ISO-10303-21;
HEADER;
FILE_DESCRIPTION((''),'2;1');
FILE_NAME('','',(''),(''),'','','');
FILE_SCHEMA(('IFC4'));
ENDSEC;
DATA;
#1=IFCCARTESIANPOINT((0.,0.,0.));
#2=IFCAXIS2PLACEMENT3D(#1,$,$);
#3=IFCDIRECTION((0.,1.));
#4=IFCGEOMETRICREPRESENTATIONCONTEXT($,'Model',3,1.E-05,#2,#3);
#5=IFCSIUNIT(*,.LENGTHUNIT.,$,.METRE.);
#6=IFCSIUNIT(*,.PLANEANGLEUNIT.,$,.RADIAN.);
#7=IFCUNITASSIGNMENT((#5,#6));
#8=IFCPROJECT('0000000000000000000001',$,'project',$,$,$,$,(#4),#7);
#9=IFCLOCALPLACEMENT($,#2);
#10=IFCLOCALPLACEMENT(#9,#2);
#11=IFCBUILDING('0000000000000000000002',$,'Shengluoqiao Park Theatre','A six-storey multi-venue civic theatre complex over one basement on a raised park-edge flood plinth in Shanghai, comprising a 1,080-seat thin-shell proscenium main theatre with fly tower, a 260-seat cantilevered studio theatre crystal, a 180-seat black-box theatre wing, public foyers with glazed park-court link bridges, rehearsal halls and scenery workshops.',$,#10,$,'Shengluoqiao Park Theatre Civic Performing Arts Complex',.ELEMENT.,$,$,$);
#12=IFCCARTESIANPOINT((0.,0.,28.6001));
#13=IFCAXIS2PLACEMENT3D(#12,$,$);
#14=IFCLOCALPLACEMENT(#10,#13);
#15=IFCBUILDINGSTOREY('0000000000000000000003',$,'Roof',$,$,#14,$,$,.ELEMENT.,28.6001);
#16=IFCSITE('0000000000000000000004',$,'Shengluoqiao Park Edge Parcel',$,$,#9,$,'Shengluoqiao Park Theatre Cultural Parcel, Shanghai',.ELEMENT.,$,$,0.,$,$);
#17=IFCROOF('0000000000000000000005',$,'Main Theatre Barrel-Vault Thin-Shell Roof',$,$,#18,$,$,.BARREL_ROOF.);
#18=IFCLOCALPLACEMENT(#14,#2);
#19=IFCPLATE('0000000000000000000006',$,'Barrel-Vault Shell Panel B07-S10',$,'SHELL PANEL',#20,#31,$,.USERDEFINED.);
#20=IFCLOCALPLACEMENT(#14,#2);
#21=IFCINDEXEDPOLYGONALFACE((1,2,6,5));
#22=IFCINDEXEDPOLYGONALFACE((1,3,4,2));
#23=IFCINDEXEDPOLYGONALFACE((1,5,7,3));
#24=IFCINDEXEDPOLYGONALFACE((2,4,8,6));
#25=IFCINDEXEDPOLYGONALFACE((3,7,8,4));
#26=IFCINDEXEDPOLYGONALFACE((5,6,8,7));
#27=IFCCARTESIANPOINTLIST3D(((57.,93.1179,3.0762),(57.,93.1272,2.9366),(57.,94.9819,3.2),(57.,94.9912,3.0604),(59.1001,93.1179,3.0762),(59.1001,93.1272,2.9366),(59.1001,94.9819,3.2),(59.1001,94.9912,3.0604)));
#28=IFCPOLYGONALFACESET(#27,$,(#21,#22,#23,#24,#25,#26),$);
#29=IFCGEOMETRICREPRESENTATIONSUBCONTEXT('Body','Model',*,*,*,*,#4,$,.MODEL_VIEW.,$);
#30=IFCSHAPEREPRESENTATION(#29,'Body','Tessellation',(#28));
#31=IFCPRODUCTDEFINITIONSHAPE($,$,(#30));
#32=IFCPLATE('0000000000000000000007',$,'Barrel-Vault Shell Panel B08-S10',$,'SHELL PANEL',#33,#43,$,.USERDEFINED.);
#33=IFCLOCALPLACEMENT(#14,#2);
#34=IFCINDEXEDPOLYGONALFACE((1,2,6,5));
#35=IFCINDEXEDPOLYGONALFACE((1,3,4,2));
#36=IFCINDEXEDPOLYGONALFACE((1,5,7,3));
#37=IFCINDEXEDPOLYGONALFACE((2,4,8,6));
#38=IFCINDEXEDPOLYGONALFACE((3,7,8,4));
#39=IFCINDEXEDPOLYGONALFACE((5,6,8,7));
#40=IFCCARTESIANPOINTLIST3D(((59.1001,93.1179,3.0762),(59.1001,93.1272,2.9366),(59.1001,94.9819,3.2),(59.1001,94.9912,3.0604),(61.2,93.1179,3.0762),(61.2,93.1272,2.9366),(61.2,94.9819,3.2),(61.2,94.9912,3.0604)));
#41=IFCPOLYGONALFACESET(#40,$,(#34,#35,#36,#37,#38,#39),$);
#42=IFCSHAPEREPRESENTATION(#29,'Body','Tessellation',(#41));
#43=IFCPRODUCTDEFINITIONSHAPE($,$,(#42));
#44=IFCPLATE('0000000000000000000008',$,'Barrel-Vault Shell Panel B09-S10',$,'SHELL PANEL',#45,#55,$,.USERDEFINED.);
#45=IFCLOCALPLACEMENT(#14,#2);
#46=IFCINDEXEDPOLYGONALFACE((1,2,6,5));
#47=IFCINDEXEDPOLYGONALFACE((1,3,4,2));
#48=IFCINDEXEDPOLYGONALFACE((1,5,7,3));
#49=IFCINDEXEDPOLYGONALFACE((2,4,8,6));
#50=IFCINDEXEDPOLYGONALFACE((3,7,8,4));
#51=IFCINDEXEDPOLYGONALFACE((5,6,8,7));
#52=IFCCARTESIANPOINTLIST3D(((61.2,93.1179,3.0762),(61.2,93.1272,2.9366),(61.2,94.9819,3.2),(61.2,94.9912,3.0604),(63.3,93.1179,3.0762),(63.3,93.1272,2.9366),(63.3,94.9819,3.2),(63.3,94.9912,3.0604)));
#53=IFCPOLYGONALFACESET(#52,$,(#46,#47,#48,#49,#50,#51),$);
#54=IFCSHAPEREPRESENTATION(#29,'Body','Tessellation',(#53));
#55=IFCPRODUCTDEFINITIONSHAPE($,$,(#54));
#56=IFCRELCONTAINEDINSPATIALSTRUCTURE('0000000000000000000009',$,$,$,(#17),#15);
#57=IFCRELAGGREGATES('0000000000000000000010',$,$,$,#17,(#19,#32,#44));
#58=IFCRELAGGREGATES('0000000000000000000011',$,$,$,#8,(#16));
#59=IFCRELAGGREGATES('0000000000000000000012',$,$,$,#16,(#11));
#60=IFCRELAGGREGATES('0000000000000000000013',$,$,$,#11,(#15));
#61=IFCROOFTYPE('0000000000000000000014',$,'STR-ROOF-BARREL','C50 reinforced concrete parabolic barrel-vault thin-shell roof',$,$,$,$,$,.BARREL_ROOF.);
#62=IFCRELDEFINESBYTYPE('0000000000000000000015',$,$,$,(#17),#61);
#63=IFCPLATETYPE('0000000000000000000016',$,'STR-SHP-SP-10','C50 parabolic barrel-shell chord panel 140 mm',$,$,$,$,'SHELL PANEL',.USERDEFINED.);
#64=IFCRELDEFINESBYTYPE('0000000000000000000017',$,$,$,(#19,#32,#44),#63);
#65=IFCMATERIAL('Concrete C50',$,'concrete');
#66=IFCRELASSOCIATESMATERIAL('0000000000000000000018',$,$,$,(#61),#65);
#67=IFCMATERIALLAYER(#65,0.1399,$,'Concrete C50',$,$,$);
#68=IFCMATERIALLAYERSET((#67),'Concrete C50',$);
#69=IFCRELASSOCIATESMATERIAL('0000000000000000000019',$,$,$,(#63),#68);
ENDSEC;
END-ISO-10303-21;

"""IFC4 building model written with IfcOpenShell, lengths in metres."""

from ifc_helpers import new_model, si_unit, direction, frame, origin, place, context, subcontext, project, spatial, polyline, outline, extrude, material, layer, layer_set, type_object, element, aggregate, save


model = new_model("IFC4")

# Units and contexts
model_context = context("Model", 3, precision=1e-05, world=origin(), true_north=direction((0.0, 1.0)))
body_context = subcontext(model_context, "Body", "Model", "MODEL_VIEW")
ifc_project = project(units=[si_unit("LENGTHUNIT", "METRE"), si_unit("PLANEANGLEUNIT", "RADIAN")], contexts=[model_context])

# Site, building, storey
site_placement = place(None, origin())
site = spatial("IfcSite", under=ifc_project, at=site_placement, Name="Shengluoqiao Park Edge Parcel", LongName="Shengluoqiao Park Theatre Cultural Parcel, Shanghai", CompositionType="ELEMENT", RefElevation=0.0)
building_placement = place(site_placement, origin())
building = spatial("IfcBuilding", under=site, at=building_placement, Name="Shengluoqiao Park Theatre", Description="A six-storey multi-venue civic theatre complex over one basement on a raised park-edge flood plinth in Shanghai, comprising a 1,080-seat thin-shell proscenium main theatre with fly tower, a 260-seat cantilevered studio theatre crystal, a 180-seat black-box theatre wing, public foyers with glazed park-court link bridges, rehearsal halls and scenery workshops.", LongName="Shengluoqiao Park Theatre Civic Performing Arts Complex", CompositionType="ELEMENT")
storey_placement = place(building_placement, frame((0.0, 0.0, 28.6001)))
storey = spatial("IfcBuildingStorey", under=building, at=storey_placement, Name="Roof", CompositionType="ELEMENT", Elevation=28.6001)

# Shared definitions
ifc_material_1 = material(Name="Concrete C50", Category="concrete")

# Roof, plates
roof_type = type_object("IfcRoofType", Name="STR-ROOF-BARREL", Description="C50 reinforced concrete parabolic barrel-vault thin-shell roof", PredefinedType="BARREL_ROOF", material=ifc_material_1)
roof_placement = place(storey_placement, origin())
roof = element("IfcRoof", 1, at=roof_placement, inside=storey, type_object=roof_type, Name="Main Theatre Barrel-Vault Thin-Shell Roof", PredefinedType="BARREL_ROOF")
ifc_layer_1 = layer(ifc_material_1, 0.1399, Name="Concrete C50")
ifc_layer_set_1 = layer_set([ifc_layer_1], Name="Concrete C50")
plate_type_1 = type_object("IfcPlateType", Name="STR-SHP-SP-10", Description="C50 parabolic barrel-shell chord panel 140 mm", ElementType="SHELL PANEL", PredefinedType="USERDEFINED", material=ifc_layer_set_1)
plate_1_placement = place(storey_placement, frame((57.0, 93.1179, 3.0762), z_axis=(0.0, -0.066259, 0.997802), x_axis=(1.0, 0.0, 0.0)))
plate_1 = element("IfcPlate", 2, at=plate_1_placement, type_object=plate_type_1, Name="Barrel-Vault Shell Panel B07-S10", ObjectType="SHELL PANEL", PredefinedType="USERDEFINED", context=body_context, shape_type="SweptSolid", body=[
    extrude(outline(polyline([(0.0, 0.0), (2.1001, 0.0), (2.1001, 1.8681), (0.0, 1.8681), (0.0, 0.0)])), origin(), (0.0, 0.0, -1.0), 0.1399),
])
plate_2_placement = place(storey_placement, frame((59.1001, 93.1179, 3.0762), z_axis=(0.0, -0.066259, 0.997802), x_axis=(1.0, 0.0, 0.0)))
plate_2 = element("IfcPlate", 3, at=plate_2_placement, type_object=plate_type_1, Name="Barrel-Vault Shell Panel B08-S10", ObjectType="SHELL PANEL", PredefinedType="USERDEFINED", context=body_context, shape_type="SweptSolid", body=[
    extrude(outline(polyline([(0.0, 0.0), (2.0999, 0.0), (2.0999, 1.8681), (0.0, 1.8681), (0.0, 0.0)])), origin(), (0.0, 0.0, -1.0), 0.1399),
])
plate_3_placement = place(storey_placement, frame((61.2, 93.1179, 3.0762), z_axis=(0.0, -0.066259, 0.997802), x_axis=(1.0, 0.0, 0.0)))
plate_3 = element("IfcPlate", 4, at=plate_3_placement, type_object=plate_type_1, Name="Barrel-Vault Shell Panel B09-S10", ObjectType="SHELL PANEL", PredefinedType="USERDEFINED", context=body_context, shape_type="SweptSolid", body=[
    extrude(outline(polyline([(0.0, 0.0), (2.1001, 0.0), (2.1001, 1.8681), (0.0, 1.8681), (0.0, 0.0)])), origin(), (0.0, 0.0, -1.0), 0.1399),
])
aggregate(roof, [plate_1, plate_2, plate_3])

save(model, "model.ifc")
